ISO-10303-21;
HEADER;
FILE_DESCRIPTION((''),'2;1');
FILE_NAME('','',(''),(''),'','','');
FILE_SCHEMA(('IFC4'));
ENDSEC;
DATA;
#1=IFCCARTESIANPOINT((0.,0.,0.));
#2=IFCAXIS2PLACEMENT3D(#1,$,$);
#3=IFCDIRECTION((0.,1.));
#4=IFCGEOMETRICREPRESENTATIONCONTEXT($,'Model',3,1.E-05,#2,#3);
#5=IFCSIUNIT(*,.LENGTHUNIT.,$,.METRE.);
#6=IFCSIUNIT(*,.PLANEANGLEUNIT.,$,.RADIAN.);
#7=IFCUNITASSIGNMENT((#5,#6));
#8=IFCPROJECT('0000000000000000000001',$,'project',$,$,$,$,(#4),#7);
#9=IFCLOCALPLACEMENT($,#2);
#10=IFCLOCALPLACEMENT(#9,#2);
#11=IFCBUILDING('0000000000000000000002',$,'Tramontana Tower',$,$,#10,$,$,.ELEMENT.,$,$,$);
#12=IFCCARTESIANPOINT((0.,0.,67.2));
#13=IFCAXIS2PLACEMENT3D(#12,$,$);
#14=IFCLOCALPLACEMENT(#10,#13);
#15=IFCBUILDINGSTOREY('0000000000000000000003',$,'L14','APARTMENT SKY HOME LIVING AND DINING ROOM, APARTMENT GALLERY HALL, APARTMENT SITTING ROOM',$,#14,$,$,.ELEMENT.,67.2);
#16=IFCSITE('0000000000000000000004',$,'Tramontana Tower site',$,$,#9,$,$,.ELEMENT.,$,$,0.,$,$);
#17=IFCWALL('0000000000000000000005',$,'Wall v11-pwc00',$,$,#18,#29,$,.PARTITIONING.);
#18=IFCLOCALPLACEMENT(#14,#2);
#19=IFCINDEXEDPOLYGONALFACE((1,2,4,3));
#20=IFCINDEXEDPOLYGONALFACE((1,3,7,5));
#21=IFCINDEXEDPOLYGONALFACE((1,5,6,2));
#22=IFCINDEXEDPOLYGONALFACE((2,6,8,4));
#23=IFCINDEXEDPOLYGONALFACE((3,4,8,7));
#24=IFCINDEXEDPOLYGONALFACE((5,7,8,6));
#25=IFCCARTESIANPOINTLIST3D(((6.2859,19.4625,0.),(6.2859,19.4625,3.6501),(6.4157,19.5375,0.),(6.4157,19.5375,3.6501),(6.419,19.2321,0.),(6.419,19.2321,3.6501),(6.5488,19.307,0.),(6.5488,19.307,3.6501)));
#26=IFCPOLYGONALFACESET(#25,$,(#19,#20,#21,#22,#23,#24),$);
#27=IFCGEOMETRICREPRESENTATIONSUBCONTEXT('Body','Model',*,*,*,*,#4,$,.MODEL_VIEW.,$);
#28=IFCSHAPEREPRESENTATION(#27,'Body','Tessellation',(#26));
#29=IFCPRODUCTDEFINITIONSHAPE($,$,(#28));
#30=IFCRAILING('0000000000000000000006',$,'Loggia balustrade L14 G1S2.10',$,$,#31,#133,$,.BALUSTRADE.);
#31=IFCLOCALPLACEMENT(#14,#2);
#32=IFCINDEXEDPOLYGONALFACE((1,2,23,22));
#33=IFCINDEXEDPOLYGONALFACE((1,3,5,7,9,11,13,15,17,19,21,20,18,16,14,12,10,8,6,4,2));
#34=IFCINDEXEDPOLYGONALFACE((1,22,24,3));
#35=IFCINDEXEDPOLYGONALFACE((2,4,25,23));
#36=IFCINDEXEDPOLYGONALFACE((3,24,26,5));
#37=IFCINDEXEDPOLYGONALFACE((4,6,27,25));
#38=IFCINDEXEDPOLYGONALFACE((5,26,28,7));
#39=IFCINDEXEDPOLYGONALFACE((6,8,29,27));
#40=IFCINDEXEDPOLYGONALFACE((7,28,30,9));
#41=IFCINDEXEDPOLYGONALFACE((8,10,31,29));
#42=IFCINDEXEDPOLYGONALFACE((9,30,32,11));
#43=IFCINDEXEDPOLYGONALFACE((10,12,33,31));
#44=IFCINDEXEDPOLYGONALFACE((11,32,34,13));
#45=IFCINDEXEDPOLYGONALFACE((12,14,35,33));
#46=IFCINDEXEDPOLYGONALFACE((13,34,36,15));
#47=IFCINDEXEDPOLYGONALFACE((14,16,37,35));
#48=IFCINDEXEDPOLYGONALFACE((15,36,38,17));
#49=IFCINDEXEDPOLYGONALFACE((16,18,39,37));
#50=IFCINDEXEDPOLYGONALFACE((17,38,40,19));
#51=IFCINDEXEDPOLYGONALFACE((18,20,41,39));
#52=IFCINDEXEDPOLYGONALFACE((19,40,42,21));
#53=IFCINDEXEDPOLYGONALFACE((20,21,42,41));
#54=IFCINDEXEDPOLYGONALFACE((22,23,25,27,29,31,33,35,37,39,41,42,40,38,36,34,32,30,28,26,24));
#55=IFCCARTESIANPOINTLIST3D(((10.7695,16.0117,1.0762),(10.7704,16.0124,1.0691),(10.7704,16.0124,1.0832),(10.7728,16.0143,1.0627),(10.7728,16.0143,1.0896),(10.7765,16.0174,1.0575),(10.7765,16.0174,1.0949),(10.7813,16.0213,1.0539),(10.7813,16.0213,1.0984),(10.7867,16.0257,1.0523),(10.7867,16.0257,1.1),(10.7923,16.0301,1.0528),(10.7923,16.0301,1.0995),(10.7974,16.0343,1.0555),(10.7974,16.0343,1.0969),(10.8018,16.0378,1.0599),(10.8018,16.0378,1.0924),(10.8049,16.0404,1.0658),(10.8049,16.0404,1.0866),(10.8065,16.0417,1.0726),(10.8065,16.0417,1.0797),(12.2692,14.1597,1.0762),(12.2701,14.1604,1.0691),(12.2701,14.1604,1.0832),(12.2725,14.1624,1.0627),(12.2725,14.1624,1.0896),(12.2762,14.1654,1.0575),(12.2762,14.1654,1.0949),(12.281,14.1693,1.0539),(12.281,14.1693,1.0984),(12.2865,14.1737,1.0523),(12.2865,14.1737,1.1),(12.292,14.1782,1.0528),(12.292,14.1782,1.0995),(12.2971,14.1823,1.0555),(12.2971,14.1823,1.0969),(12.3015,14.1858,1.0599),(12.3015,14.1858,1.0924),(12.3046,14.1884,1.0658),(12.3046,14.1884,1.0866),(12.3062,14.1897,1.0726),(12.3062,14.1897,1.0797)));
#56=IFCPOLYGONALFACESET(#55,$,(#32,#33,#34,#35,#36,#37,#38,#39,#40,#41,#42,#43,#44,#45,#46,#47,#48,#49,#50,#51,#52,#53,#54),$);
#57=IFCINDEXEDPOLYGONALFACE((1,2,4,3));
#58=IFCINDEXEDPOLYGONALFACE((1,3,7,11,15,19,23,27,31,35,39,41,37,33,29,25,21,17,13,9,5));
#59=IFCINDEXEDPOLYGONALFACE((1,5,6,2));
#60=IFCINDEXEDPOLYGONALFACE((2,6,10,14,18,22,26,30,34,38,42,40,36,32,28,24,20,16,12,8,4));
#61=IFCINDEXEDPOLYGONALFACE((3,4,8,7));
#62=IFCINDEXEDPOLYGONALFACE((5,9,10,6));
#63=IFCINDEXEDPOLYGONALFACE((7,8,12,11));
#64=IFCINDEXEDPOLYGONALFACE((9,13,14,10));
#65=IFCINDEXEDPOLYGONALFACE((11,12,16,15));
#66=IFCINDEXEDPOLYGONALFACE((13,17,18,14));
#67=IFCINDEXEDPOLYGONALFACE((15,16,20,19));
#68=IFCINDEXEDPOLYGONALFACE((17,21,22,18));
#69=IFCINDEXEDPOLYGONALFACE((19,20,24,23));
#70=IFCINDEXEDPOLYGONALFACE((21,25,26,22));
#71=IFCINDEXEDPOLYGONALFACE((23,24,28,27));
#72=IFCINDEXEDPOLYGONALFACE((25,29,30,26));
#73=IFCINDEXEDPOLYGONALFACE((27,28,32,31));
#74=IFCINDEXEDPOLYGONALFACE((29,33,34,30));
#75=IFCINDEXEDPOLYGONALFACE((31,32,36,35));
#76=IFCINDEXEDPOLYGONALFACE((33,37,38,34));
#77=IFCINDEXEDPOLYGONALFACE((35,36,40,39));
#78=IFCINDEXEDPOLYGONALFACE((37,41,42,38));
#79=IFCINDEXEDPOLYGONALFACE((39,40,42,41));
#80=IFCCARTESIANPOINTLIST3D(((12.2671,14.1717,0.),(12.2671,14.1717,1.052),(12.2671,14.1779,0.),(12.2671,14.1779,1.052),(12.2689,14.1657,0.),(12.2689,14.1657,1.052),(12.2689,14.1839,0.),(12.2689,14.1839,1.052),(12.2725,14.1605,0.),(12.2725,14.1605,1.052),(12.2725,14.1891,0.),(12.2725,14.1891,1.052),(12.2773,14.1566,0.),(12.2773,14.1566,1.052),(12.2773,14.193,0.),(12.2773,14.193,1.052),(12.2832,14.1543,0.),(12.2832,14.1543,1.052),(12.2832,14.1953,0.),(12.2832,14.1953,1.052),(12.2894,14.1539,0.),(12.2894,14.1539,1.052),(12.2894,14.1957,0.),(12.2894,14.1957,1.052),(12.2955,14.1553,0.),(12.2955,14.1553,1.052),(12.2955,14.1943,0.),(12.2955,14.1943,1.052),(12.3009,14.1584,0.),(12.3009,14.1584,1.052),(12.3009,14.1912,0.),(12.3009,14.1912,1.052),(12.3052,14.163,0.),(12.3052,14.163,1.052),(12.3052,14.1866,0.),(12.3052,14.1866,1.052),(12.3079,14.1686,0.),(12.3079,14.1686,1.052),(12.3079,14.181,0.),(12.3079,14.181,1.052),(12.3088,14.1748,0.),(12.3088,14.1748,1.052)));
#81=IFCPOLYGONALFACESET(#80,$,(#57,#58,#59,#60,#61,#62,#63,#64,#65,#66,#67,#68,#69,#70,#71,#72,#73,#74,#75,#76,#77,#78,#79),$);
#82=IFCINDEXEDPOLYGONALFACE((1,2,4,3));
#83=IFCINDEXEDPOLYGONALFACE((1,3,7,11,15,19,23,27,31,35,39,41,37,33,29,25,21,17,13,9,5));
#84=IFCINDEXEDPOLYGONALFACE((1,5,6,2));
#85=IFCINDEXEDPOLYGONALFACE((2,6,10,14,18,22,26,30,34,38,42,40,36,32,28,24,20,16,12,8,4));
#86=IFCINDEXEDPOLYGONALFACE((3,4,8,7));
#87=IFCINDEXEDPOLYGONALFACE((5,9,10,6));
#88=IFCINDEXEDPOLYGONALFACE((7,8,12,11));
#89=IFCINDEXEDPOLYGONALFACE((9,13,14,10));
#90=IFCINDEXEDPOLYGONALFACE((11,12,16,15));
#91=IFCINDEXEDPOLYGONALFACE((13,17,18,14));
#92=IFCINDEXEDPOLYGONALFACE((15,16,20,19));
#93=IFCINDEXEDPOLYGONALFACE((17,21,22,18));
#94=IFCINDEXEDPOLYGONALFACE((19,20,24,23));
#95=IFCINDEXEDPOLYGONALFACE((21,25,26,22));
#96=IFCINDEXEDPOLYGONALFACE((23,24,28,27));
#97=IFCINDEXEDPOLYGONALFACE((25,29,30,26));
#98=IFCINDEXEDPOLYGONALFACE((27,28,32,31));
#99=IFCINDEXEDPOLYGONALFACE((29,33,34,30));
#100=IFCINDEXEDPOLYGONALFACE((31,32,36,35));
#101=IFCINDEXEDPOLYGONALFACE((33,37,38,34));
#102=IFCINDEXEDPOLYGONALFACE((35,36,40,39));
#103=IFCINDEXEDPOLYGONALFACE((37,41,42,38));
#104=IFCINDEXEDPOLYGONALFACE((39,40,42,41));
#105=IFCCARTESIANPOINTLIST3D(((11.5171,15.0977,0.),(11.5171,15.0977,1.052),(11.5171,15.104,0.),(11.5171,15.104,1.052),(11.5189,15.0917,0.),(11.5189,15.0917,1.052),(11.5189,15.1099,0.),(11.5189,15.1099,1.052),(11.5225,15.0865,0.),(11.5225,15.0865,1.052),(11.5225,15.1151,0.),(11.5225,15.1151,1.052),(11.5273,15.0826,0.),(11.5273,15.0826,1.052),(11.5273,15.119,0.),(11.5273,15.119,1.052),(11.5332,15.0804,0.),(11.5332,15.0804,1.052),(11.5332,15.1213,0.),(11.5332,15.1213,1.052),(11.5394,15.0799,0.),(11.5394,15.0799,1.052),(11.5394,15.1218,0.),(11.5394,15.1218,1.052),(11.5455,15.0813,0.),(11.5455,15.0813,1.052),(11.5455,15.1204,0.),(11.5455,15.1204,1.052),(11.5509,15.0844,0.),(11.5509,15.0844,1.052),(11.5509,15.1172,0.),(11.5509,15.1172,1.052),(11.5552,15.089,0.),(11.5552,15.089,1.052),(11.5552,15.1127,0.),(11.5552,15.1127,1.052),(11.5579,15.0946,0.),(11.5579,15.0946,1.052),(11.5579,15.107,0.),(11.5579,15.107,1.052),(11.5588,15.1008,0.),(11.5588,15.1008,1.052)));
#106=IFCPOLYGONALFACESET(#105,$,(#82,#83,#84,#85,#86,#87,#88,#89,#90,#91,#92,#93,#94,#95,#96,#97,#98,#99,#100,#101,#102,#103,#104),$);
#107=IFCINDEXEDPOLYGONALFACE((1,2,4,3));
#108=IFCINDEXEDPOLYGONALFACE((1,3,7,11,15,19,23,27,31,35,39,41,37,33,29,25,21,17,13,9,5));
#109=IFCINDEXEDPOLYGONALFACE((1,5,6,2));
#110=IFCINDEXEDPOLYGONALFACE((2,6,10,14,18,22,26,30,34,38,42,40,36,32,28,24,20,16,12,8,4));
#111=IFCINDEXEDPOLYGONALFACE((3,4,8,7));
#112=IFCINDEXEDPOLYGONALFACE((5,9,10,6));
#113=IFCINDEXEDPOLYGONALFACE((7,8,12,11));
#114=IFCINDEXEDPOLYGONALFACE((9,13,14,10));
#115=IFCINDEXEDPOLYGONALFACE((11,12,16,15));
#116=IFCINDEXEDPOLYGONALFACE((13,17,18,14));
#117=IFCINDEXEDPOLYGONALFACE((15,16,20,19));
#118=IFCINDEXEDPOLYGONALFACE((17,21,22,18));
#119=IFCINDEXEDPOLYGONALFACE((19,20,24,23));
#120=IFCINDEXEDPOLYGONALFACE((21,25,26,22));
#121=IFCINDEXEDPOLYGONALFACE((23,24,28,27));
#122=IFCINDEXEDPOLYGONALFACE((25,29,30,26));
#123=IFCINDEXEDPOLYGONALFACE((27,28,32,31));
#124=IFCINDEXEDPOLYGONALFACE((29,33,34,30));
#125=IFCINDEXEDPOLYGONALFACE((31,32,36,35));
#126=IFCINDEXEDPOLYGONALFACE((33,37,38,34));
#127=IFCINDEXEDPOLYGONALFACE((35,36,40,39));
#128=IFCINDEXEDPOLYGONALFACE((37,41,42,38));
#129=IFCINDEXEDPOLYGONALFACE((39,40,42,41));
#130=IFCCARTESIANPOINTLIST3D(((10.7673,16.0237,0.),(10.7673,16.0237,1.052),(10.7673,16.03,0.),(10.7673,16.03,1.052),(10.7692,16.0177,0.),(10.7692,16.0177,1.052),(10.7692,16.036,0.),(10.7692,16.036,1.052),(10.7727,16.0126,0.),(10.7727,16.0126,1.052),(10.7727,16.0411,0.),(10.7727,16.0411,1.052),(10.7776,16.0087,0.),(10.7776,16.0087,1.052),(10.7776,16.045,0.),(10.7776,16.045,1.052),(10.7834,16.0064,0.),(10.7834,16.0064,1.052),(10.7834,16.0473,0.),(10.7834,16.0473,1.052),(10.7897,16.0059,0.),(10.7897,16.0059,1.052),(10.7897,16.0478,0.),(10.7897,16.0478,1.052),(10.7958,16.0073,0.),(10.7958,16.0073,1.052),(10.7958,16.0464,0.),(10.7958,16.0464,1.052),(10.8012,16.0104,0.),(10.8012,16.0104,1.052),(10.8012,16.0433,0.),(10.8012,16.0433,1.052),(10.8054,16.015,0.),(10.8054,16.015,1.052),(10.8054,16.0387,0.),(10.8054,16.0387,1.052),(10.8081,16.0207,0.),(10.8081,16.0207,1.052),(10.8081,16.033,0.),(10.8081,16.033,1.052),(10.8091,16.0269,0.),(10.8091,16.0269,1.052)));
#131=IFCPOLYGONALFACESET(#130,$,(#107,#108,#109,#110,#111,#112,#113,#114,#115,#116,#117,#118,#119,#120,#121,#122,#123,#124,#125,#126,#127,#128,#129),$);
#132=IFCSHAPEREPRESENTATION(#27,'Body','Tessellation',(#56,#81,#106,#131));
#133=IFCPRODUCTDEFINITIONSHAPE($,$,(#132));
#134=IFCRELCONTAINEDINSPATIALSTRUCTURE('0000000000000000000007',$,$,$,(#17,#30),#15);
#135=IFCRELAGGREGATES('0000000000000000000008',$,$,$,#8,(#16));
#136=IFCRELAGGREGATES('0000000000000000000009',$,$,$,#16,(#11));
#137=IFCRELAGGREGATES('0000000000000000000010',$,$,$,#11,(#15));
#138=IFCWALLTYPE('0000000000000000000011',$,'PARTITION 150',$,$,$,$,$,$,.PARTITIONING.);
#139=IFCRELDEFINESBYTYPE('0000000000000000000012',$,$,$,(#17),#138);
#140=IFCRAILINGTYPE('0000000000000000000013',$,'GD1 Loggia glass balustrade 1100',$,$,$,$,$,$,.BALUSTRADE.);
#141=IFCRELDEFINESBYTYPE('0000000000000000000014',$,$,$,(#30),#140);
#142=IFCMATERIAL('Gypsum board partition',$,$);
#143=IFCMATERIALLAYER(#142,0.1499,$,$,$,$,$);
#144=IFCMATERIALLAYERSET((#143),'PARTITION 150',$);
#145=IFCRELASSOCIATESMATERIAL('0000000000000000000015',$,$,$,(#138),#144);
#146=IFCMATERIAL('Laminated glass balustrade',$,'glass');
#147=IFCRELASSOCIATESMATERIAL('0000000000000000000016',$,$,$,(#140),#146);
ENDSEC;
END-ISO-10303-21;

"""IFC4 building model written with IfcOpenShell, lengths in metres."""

from ifc_helpers import new_model, si_unit, direction, frame, frame_2d, origin, origin_2d, place, context, subcontext, project, spatial, rectangle, circle, extrude, material, layer, layer_set, type_object, element, save


model = new_model("IFC4")

# Units and contexts
model_context = context("Model", 3, precision=1e-05, world=origin(), true_north=direction((0.0, 1.0)))
body_context = subcontext(model_context, "Body", "Model", "MODEL_VIEW")
ifc_project = project(units=[si_unit("LENGTHUNIT", "METRE"), si_unit("PLANEANGLEUNIT", "RADIAN")], contexts=[model_context])

# Site, building, storey
site_placement = place(None, origin())
site = spatial("IfcSite", under=ifc_project, at=site_placement, Name="Tramontana Tower site", CompositionType="ELEMENT", RefElevation=0.0)
building_placement = place(site_placement, origin())
building = spatial("IfcBuilding", under=site, at=building_placement, Name="Tramontana Tower", CompositionType="ELEMENT")
storey_placement = place(building_placement, frame((0.0, 0.0, 67.2)))
storey = spatial("IfcBuildingStorey", under=building, at=storey_placement, Name="L14", Description="APARTMENT SKY HOME LIVING AND DINING ROOM, APARTMENT GALLERY HALL, APARTMENT SITTING ROOM", CompositionType="ELEMENT", Elevation=67.2)

# Wall
ifc_material_1 = material(Name="Gypsum board partition")
ifc_layer_1 = layer(ifc_material_1, 0.1499)
ifc_layer_set_1 = layer_set([ifc_layer_1], Name="PARTITION 150")
wall_type_1 = type_object("IfcWallType", Name="PARTITION 150", PredefinedType="PARTITIONING", material=ifc_layer_set_1)
wall_1_placement = place(storey_placement, frame((6.3508, 19.5, 0.0), z_axis=(0.0, 0.0, 1.0), x_axis=(0.499987, -0.866033, 0.0)))
element("IfcWall", 1, at=wall_1_placement, inside=storey, type_object=wall_type_1, Name="Wall v11-pwc00", PredefinedType="PARTITIONING", context=body_context, shape_type="SweptSolid", body=[
    extrude(rectangle(XDim=0.2661, YDim=0.1499, at=frame_2d((0.1331, 0.0))), origin(), (0.0, 0.0, 1.0), 3.6501),
])

# Railing
ifc_material_2 = material(Name="Laminated glass balustrade", Category="glass")
railing_type = type_object("IfcRailingType", Name="GD1 Loggia glass balustrade 1100", PredefinedType="BALUSTRADE", material=ifc_material_2)
railing_1_placement = place(storey_placement, frame((12.2878, 14.1748, 0.0)))
element("IfcRailing", 2, at=railing_1_placement, inside=storey, type_object=railing_type, Name="Loggia balustrade L14 G1S2.10", PredefinedType="BALUSTRADE", context=body_context, shape_type="SweptSolid", body=[
    extrude(circle(Radius=0.0239, at=origin_2d()), frame((0.0, 0.0, 1.0762), z_axis=(-0.629319, 0.777147, 0.0), x_axis=(-0.777147, -0.629319, 0.0)), (0.0, 0.0, 1.0), 2.3831),
    extrude(circle(Radius=0.021, at=origin_2d()), origin(), (0.0, 0.0, 1.0), 1.052),
    extrude(circle(Radius=0.021, at=origin_2d()), frame((-0.75, 0.926, 0.0)), (0.0, 0.0, 1.0), 1.052),
    extrude(circle(Radius=0.021, at=origin_2d()), frame((-1.4998, 1.8521, 0.0)), (0.0, 0.0, 1.0), 1.052),
])

save(model, "model.ifc")
